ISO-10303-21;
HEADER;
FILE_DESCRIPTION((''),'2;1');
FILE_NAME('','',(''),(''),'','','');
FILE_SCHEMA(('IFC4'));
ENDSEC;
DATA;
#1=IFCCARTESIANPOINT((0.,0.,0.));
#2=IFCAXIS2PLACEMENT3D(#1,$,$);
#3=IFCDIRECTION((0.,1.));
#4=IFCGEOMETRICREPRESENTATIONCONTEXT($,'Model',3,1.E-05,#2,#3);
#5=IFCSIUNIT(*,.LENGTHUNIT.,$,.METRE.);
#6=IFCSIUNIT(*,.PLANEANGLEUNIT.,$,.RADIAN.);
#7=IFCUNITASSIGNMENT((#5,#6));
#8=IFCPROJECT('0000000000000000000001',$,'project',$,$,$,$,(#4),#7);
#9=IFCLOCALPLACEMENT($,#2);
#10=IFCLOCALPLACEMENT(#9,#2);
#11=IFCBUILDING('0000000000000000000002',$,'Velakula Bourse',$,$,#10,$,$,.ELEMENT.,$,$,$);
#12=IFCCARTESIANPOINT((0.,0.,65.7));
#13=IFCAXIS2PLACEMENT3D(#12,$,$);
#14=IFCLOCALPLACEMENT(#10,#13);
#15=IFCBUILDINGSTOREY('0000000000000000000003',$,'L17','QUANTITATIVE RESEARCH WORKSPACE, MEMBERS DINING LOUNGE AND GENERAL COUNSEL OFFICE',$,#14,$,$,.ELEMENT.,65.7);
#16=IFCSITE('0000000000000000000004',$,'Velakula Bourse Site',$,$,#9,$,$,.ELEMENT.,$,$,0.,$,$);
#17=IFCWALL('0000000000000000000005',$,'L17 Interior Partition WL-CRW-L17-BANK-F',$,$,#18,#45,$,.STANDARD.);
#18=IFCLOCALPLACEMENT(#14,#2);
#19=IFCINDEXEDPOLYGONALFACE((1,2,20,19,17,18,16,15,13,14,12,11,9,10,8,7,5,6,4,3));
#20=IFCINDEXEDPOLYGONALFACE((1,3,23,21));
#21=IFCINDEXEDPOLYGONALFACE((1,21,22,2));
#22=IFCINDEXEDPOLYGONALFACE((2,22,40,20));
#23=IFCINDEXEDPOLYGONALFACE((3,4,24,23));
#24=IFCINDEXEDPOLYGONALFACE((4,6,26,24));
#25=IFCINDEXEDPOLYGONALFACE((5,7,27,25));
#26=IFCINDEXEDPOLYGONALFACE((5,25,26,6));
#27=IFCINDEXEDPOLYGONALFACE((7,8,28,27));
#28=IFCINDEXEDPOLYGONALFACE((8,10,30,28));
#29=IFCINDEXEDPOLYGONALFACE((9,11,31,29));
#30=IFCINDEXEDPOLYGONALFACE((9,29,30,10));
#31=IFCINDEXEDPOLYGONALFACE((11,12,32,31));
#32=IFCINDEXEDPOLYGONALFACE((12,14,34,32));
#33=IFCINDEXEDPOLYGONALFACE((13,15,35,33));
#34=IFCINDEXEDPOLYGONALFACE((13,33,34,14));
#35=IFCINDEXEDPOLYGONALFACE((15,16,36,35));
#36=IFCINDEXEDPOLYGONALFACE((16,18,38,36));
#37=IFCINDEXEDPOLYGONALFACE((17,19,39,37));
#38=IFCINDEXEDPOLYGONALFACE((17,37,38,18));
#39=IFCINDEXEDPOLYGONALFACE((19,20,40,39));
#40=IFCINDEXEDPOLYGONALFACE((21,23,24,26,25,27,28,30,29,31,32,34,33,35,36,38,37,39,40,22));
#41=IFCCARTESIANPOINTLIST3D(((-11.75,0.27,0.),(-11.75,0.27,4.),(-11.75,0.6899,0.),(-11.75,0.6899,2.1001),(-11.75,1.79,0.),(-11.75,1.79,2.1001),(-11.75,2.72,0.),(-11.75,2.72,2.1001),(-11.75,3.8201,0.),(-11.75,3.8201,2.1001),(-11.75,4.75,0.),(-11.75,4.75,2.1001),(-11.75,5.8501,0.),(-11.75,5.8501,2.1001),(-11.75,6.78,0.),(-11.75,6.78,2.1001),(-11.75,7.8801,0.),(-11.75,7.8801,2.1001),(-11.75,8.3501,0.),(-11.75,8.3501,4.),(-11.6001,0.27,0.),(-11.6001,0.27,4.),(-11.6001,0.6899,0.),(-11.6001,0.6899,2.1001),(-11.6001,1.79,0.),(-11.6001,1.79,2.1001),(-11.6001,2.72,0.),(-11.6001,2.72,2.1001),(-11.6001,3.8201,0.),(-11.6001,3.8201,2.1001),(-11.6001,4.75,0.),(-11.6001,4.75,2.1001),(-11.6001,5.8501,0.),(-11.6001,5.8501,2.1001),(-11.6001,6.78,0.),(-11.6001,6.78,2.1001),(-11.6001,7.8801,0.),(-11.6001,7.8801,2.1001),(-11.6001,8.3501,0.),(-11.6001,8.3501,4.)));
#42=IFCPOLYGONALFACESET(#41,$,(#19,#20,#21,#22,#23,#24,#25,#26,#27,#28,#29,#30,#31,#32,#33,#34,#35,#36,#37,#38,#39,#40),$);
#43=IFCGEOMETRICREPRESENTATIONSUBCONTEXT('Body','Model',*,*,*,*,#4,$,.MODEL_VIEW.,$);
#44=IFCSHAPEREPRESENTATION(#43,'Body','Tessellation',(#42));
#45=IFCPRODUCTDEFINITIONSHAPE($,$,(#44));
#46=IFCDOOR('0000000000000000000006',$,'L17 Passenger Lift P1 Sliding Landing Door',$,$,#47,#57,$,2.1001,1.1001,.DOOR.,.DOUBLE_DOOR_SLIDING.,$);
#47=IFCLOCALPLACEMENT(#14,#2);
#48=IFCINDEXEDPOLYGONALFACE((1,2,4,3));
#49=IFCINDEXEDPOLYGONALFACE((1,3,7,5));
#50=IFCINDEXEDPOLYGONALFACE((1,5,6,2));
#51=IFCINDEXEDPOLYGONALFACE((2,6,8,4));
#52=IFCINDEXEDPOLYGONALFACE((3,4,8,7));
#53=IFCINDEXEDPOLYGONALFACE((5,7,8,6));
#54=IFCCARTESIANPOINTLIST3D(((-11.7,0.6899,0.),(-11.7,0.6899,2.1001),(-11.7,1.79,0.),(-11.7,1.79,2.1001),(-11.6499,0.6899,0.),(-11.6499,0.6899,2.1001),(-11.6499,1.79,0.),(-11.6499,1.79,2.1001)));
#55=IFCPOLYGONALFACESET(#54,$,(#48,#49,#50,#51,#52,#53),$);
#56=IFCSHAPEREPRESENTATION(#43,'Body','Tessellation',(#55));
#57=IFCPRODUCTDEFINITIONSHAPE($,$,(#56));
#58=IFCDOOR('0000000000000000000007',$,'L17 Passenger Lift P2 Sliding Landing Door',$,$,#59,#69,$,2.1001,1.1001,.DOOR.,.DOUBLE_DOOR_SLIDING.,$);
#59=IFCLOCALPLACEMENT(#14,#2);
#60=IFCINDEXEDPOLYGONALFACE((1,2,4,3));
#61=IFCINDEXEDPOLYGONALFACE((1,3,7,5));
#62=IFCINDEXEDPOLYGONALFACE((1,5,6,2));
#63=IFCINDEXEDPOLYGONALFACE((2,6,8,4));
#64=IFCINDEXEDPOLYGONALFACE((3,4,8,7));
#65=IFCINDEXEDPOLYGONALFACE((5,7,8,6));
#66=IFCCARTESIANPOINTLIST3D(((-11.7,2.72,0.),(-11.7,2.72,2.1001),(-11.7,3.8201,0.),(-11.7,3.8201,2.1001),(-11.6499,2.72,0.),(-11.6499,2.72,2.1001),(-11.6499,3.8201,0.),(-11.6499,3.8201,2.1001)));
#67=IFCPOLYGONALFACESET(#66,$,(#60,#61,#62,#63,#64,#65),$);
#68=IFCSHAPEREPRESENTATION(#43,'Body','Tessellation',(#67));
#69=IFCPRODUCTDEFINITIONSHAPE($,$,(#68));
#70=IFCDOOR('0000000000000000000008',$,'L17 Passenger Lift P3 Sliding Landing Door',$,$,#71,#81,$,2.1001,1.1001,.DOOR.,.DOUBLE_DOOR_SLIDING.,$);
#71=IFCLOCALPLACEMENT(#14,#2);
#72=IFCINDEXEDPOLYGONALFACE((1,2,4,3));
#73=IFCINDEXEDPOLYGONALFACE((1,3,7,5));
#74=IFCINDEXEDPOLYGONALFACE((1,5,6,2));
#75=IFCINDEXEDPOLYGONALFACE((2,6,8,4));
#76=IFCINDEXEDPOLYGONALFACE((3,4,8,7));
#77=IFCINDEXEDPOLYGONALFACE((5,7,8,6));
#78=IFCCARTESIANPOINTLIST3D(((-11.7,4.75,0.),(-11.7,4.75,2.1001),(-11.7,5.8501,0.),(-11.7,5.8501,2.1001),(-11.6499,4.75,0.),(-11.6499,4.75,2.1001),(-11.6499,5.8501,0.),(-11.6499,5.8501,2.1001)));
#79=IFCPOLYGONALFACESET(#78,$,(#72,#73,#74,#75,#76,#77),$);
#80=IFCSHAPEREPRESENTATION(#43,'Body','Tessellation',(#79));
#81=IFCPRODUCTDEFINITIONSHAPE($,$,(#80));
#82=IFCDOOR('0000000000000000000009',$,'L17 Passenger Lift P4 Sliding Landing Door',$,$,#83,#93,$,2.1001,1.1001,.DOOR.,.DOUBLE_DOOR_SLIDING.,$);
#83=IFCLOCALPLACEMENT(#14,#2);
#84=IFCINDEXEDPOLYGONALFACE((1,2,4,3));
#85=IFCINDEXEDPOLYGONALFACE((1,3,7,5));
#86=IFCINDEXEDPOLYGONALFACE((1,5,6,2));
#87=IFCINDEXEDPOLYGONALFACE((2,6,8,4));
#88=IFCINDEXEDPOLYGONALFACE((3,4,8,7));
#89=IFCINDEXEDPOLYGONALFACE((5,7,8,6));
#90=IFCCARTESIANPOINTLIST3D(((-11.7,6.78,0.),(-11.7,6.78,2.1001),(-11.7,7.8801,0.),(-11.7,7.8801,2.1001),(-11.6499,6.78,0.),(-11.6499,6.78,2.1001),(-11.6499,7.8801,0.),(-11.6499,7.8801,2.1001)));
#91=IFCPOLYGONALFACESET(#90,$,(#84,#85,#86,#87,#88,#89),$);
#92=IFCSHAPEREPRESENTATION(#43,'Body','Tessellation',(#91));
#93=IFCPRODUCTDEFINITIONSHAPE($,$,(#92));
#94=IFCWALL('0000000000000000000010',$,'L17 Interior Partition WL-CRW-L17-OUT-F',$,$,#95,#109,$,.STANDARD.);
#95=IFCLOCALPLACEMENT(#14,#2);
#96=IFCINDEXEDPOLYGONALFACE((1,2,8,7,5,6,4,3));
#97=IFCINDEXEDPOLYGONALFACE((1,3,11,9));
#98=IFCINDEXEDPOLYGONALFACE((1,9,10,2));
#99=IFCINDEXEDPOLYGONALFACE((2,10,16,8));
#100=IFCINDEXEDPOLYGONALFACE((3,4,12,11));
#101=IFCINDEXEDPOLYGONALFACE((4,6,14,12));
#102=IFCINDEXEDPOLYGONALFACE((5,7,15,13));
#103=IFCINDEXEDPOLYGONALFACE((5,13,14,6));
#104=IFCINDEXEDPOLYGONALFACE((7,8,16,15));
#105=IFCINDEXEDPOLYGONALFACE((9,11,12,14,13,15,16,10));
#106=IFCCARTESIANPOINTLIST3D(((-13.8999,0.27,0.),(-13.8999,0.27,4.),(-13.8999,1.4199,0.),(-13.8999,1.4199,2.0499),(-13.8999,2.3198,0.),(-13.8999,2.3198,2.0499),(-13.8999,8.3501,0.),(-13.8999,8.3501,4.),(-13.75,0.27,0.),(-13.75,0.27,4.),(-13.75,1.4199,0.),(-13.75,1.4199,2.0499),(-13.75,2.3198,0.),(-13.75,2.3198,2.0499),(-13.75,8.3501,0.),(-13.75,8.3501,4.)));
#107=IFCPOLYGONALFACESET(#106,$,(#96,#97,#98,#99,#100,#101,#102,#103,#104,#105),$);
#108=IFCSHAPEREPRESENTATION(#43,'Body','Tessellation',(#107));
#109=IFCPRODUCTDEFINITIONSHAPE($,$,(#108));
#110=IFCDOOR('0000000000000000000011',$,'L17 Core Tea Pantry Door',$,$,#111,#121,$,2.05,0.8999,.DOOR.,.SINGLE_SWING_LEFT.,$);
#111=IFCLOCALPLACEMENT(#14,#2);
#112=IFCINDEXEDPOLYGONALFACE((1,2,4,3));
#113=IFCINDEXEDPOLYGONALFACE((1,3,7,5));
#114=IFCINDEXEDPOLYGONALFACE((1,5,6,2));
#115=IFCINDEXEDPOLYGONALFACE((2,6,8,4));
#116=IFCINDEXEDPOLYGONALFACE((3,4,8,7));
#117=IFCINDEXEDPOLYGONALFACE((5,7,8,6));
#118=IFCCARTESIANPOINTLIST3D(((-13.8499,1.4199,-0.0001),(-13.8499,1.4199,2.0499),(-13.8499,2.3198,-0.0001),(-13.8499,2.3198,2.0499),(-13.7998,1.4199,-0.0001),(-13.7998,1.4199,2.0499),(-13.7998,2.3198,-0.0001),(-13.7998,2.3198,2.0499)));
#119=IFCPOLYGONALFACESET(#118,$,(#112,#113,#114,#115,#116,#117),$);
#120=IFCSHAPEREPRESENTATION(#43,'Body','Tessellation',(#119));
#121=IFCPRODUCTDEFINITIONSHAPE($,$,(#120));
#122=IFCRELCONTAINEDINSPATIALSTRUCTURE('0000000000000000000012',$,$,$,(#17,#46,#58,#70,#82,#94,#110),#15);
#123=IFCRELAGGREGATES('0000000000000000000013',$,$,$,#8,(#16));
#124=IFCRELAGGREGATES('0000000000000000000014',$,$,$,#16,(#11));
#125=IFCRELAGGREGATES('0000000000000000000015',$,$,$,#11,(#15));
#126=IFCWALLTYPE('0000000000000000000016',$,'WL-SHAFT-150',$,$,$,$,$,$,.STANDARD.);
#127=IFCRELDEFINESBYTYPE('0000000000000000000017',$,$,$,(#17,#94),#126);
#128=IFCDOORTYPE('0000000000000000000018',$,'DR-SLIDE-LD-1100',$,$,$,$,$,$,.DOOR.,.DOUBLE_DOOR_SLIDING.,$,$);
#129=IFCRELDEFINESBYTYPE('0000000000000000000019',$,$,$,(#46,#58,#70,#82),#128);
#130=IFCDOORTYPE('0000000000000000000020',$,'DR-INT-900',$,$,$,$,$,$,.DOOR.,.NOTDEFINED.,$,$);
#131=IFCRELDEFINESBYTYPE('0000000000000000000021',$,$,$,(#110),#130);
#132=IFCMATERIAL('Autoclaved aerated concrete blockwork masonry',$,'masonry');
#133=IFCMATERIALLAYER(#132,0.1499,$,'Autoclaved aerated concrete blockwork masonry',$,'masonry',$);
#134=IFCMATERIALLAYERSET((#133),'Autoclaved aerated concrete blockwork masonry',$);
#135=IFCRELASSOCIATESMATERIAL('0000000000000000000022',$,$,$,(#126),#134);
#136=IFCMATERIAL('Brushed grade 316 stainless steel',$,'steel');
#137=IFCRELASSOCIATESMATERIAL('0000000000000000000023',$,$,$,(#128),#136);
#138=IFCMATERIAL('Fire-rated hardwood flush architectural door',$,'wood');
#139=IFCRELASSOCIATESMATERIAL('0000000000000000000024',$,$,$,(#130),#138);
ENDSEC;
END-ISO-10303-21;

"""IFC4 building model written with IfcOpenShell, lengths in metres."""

from ifc_helpers import new_model, si_unit, direction, frame, frame_2d, origin, place, context, subcontext, project, spatial, rectangle, extrude, material, layer, layer_set, type_object, element, fill, save


model = new_model("IFC4")

# Units and contexts
model_context = context("Model", 3, precision=1e-05, world=origin(), true_north=direction((0.0, 1.0)))
body_context = subcontext(model_context, "Body", "Model", "MODEL_VIEW")
ifc_project = project(units=[si_unit("LENGTHUNIT", "METRE"), si_unit("PLANEANGLEUNIT", "RADIAN")], contexts=[model_context])

# Site, building, storey
site_placement = place(None, origin())
site = spatial("IfcSite", under=ifc_project, at=site_placement, Name="Velakula Bourse Site", CompositionType="ELEMENT", RefElevation=0.0)
building_placement = place(site_placement, origin())
building = spatial("IfcBuilding", under=site, at=building_placement, Name="Velakula Bourse", CompositionType="ELEMENT")
storey_placement = place(building_placement, frame((0.0, 0.0, 65.7)))
storey = spatial("IfcBuildingStorey", under=building, at=storey_placement, Name="L17", Description="QUANTITATIVE RESEARCH WORKSPACE, MEMBERS DINING LOUNGE AND GENERAL COUNSEL OFFICE", CompositionType="ELEMENT", Elevation=65.7)

# Shared definitions
ifc_material_1 = material(Name="Fire-rated hardwood flush architectural door", Category="wood")

# Shared definitions
ifc_material_2 = material(Name="Autoclaved aerated concrete blockwork masonry", Category="masonry")
ifc_layer_1 = layer(ifc_material_2, 0.1499, Name="Autoclaved aerated concrete blockwork masonry", Category="masonry")
ifc_layer_set_1 = layer_set([ifc_layer_1], Name="Autoclaved aerated concrete blockwork masonry")
wall_type_1 = type_object("IfcWallType", Name="WL-SHAFT-150", PredefinedType="STANDARD", material=ifc_layer_set_1)

# Wall, openings, doors
wall_1_placement = place(storey_placement, frame((-11.675, 0.27, 0.0), z_axis=(0.0, 0.0, 1.0), x_axis=(0.0, 1.0, 0.0)))
wall_1 = element("IfcWall", 1, at=wall_1_placement, inside=storey, type_object=wall_type_1, Name="L17 Interior Partition WL-CRW-L17-BANK-F", PredefinedType="STANDARD", context=body_context, shape_type="SweptSolid", body=[
    extrude(rectangle(XDim=8.0801, YDim=0.1499, at=frame_2d((4.04, 0.0))), origin(), (0.0, 0.0, 1.0), 4.0),
])
opening_1_placement = place(wall_1_placement, frame((0.4199, 0.0, 0.0)))
opening_1 = element("IfcOpeningElement", 2, at=opening_1_placement, cuts=wall_1, PredefinedType="OPENING", context=body_context, shape_type="SweptSolid", body=[
    extrude(rectangle(XDim=1.1001, YDim=2.1001, at=frame_2d((0.55, 1.05))), frame((0.0, 0.085, 0.0), z_axis=(0.0, -1.0, 0.0), x_axis=(1.0, 0.0, 0.0)), (0.0, 0.0, 1.0), 0.1699),
])
opening_2_placement = place(wall_1_placement, frame((2.45, 0.0, 0.0)))
opening_2 = element("IfcOpeningElement", 3, at=opening_2_placement, cuts=wall_1, PredefinedType="OPENING", context=body_context, shape_type="SweptSolid", body=[
    extrude(rectangle(XDim=1.1001, YDim=2.1001, at=frame_2d((0.55, 1.05))), frame((0.0, 0.085, 0.0), z_axis=(0.0, -1.0, 0.0), x_axis=(1.0, 0.0, 0.0)), (0.0, 0.0, 1.0), 0.1699),
])
opening_3_placement = place(wall_1_placement, frame((4.48, 0.0, 0.0)))
opening_3 = element("IfcOpeningElement", 4, at=opening_3_placement, cuts=wall_1, PredefinedType="OPENING", context=body_context, shape_type="SweptSolid", body=[
    extrude(rectangle(XDim=1.1001, YDim=2.1001, at=frame_2d((0.55, 1.05))), frame((0.0, 0.085, 0.0), z_axis=(0.0, -1.0, 0.0), x_axis=(1.0, 0.0, 0.0)), (0.0, 0.0, 1.0), 0.1699),
])
opening_4_placement = place(wall_1_placement, frame((6.51, 0.0, 0.0)))
opening_4 = element("IfcOpeningElement", 5, at=opening_4_placement, cuts=wall_1, PredefinedType="OPENING", context=body_context, shape_type="SweptSolid", body=[
    extrude(rectangle(XDim=1.1001, YDim=2.1001, at=frame_2d((0.55, 1.05))), frame((0.0, 0.085, 0.0), z_axis=(0.0, -1.0, 0.0), x_axis=(1.0, 0.0, 0.0)), (0.0, 0.0, 1.0), 0.1699),
])
ifc_material_3 = material(Name="Brushed grade 316 stainless steel", Category="steel")
door_type_1 = type_object("IfcDoorType", Name="DR-SLIDE-LD-1100", OperationType="DOUBLE_DOOR_SLIDING", PredefinedType="DOOR", material=ifc_material_3)
door_1_placement = place(opening_1_placement, origin())
door_1 = element("IfcDoor", 6, at=door_1_placement, inside=storey, type_object=door_type_1, Name="L17 Passenger Lift P1 Sliding Landing Door", OperationType="DOUBLE_DOOR_SLIDING", OverallHeight=2.1001, OverallWidth=1.1001, PredefinedType="DOOR", context=body_context, shape_type="SweptSolid", body=[
    extrude(rectangle(XDim=1.1001, YDim=2.1001, at=frame_2d((0.55, 1.05))), frame((0.0, 0.0249, 0.0), z_axis=(0.0, -1.0, 0.0), x_axis=(1.0, 0.0, 0.0)), (0.0, 0.0, 1.0), 0.05),
])
fill(opening_1, door_1)
door_2_placement = place(opening_2_placement, origin())
door_2 = element("IfcDoor", 7, at=door_2_placement, inside=storey, type_object=door_type_1, Name="L17 Passenger Lift P2 Sliding Landing Door", OperationType="DOUBLE_DOOR_SLIDING", OverallHeight=2.1001, OverallWidth=1.1001, PredefinedType="DOOR", context=body_context, shape_type="SweptSolid", body=[
    extrude(rectangle(XDim=1.1001, YDim=2.1001, at=frame_2d((0.55, 1.05))), frame((0.0, 0.0249, 0.0), z_axis=(0.0, -1.0, 0.0), x_axis=(1.0, 0.0, 0.0)), (0.0, 0.0, 1.0), 0.05),
])
fill(opening_2, door_2)
door_3_placement = place(opening_3_placement, origin())
door_3 = element("IfcDoor", 8, at=door_3_placement, inside=storey, type_object=door_type_1, Name="L17 Passenger Lift P3 Sliding Landing Door", OperationType="DOUBLE_DOOR_SLIDING", OverallHeight=2.1001, OverallWidth=1.1001, PredefinedType="DOOR", context=body_context, shape_type="SweptSolid", body=[
    extrude(rectangle(XDim=1.1001, YDim=2.1001, at=frame_2d((0.55, 1.05))), frame((0.0, 0.0249, 0.0), z_axis=(0.0, -1.0, 0.0), x_axis=(1.0, 0.0, 0.0)), (0.0, 0.0, 1.0), 0.05),
])
fill(opening_3, door_3)
door_4_placement = place(opening_4_placement, origin())
door_4 = element("IfcDoor", 9, at=door_4_placement, inside=storey, type_object=door_type_1, Name="L17 Passenger Lift P4 Sliding Landing Door", OperationType="DOUBLE_DOOR_SLIDING", OverallHeight=2.1001, OverallWidth=1.1001, PredefinedType="DOOR", context=body_context, shape_type="SweptSolid", body=[
    extrude(rectangle(XDim=1.1001, YDim=2.1001, at=frame_2d((0.55, 1.05))), frame((0.0, 0.0249, 0.0), z_axis=(0.0, -1.0, 0.0), x_axis=(1.0, 0.0, 0.0)), (0.0, 0.0, 1.0), 0.05),
])
fill(opening_4, door_4)

# Wall, opening, door
wall_2_placement = place(storey_placement, frame((-13.825, 0.27, 0.0), z_axis=(0.0, 0.0, 1.0), x_axis=(0.0, 1.0, 0.0)))
wall_2 = element("IfcWall", 10, at=wall_2_placement, inside=storey, type_object=wall_type_1, Name="L17 Interior Partition WL-CRW-L17-OUT-F", PredefinedType="STANDARD", context=body_context, shape_type="SweptSolid", body=[
    extrude(rectangle(XDim=8.0801, YDim=0.1499, at=frame_2d((4.04, 0.0))), origin(), (0.0, 0.0, 1.0), 4.0),
])
opening_5_placement = place(wall_2_placement, frame((1.1499, 0.0, 0.0)))
opening_5 = element("IfcOpeningElement", 11, at=opening_5_placement, cuts=wall_2, PredefinedType="OPENING", context=body_context, shape_type="SweptSolid", body=[
    extrude(rectangle(XDim=0.8999, YDim=2.05, at=frame_2d((0.45, 1.0249))), frame((0.0, 0.085, 0.0), z_axis=(0.0, -1.0, 0.0), x_axis=(1.0, 0.0, 0.0)), (0.0, 0.0, 1.0), 0.1699),
])
door_type_2 = type_object("IfcDoorType", Name="DR-INT-900", OperationType="NOTDEFINED", PredefinedType="DOOR", material=ifc_material_1)
door_5_placement = place(opening_5_placement, origin())
door_5 = element("IfcDoor", 12, at=door_5_placement, inside=storey, type_object=door_type_2, Name="L17 Core Tea Pantry Door", OperationType="SINGLE_SWING_LEFT", OverallHeight=2.05, OverallWidth=0.8999, PredefinedType="DOOR", context=body_context, shape_type="SweptSolid", body=[
    extrude(rectangle(XDim=0.8999, YDim=2.05, at=frame_2d((0.45, 1.0249))), frame((0.0, 0.0249, 0.0), z_axis=(0.0, -1.0, 0.0), x_axis=(1.0, 0.0, 0.0)), (0.0, 0.0, 1.0), 0.05),
])
fill(opening_5, door_5)

save(model, "model.ifc")
